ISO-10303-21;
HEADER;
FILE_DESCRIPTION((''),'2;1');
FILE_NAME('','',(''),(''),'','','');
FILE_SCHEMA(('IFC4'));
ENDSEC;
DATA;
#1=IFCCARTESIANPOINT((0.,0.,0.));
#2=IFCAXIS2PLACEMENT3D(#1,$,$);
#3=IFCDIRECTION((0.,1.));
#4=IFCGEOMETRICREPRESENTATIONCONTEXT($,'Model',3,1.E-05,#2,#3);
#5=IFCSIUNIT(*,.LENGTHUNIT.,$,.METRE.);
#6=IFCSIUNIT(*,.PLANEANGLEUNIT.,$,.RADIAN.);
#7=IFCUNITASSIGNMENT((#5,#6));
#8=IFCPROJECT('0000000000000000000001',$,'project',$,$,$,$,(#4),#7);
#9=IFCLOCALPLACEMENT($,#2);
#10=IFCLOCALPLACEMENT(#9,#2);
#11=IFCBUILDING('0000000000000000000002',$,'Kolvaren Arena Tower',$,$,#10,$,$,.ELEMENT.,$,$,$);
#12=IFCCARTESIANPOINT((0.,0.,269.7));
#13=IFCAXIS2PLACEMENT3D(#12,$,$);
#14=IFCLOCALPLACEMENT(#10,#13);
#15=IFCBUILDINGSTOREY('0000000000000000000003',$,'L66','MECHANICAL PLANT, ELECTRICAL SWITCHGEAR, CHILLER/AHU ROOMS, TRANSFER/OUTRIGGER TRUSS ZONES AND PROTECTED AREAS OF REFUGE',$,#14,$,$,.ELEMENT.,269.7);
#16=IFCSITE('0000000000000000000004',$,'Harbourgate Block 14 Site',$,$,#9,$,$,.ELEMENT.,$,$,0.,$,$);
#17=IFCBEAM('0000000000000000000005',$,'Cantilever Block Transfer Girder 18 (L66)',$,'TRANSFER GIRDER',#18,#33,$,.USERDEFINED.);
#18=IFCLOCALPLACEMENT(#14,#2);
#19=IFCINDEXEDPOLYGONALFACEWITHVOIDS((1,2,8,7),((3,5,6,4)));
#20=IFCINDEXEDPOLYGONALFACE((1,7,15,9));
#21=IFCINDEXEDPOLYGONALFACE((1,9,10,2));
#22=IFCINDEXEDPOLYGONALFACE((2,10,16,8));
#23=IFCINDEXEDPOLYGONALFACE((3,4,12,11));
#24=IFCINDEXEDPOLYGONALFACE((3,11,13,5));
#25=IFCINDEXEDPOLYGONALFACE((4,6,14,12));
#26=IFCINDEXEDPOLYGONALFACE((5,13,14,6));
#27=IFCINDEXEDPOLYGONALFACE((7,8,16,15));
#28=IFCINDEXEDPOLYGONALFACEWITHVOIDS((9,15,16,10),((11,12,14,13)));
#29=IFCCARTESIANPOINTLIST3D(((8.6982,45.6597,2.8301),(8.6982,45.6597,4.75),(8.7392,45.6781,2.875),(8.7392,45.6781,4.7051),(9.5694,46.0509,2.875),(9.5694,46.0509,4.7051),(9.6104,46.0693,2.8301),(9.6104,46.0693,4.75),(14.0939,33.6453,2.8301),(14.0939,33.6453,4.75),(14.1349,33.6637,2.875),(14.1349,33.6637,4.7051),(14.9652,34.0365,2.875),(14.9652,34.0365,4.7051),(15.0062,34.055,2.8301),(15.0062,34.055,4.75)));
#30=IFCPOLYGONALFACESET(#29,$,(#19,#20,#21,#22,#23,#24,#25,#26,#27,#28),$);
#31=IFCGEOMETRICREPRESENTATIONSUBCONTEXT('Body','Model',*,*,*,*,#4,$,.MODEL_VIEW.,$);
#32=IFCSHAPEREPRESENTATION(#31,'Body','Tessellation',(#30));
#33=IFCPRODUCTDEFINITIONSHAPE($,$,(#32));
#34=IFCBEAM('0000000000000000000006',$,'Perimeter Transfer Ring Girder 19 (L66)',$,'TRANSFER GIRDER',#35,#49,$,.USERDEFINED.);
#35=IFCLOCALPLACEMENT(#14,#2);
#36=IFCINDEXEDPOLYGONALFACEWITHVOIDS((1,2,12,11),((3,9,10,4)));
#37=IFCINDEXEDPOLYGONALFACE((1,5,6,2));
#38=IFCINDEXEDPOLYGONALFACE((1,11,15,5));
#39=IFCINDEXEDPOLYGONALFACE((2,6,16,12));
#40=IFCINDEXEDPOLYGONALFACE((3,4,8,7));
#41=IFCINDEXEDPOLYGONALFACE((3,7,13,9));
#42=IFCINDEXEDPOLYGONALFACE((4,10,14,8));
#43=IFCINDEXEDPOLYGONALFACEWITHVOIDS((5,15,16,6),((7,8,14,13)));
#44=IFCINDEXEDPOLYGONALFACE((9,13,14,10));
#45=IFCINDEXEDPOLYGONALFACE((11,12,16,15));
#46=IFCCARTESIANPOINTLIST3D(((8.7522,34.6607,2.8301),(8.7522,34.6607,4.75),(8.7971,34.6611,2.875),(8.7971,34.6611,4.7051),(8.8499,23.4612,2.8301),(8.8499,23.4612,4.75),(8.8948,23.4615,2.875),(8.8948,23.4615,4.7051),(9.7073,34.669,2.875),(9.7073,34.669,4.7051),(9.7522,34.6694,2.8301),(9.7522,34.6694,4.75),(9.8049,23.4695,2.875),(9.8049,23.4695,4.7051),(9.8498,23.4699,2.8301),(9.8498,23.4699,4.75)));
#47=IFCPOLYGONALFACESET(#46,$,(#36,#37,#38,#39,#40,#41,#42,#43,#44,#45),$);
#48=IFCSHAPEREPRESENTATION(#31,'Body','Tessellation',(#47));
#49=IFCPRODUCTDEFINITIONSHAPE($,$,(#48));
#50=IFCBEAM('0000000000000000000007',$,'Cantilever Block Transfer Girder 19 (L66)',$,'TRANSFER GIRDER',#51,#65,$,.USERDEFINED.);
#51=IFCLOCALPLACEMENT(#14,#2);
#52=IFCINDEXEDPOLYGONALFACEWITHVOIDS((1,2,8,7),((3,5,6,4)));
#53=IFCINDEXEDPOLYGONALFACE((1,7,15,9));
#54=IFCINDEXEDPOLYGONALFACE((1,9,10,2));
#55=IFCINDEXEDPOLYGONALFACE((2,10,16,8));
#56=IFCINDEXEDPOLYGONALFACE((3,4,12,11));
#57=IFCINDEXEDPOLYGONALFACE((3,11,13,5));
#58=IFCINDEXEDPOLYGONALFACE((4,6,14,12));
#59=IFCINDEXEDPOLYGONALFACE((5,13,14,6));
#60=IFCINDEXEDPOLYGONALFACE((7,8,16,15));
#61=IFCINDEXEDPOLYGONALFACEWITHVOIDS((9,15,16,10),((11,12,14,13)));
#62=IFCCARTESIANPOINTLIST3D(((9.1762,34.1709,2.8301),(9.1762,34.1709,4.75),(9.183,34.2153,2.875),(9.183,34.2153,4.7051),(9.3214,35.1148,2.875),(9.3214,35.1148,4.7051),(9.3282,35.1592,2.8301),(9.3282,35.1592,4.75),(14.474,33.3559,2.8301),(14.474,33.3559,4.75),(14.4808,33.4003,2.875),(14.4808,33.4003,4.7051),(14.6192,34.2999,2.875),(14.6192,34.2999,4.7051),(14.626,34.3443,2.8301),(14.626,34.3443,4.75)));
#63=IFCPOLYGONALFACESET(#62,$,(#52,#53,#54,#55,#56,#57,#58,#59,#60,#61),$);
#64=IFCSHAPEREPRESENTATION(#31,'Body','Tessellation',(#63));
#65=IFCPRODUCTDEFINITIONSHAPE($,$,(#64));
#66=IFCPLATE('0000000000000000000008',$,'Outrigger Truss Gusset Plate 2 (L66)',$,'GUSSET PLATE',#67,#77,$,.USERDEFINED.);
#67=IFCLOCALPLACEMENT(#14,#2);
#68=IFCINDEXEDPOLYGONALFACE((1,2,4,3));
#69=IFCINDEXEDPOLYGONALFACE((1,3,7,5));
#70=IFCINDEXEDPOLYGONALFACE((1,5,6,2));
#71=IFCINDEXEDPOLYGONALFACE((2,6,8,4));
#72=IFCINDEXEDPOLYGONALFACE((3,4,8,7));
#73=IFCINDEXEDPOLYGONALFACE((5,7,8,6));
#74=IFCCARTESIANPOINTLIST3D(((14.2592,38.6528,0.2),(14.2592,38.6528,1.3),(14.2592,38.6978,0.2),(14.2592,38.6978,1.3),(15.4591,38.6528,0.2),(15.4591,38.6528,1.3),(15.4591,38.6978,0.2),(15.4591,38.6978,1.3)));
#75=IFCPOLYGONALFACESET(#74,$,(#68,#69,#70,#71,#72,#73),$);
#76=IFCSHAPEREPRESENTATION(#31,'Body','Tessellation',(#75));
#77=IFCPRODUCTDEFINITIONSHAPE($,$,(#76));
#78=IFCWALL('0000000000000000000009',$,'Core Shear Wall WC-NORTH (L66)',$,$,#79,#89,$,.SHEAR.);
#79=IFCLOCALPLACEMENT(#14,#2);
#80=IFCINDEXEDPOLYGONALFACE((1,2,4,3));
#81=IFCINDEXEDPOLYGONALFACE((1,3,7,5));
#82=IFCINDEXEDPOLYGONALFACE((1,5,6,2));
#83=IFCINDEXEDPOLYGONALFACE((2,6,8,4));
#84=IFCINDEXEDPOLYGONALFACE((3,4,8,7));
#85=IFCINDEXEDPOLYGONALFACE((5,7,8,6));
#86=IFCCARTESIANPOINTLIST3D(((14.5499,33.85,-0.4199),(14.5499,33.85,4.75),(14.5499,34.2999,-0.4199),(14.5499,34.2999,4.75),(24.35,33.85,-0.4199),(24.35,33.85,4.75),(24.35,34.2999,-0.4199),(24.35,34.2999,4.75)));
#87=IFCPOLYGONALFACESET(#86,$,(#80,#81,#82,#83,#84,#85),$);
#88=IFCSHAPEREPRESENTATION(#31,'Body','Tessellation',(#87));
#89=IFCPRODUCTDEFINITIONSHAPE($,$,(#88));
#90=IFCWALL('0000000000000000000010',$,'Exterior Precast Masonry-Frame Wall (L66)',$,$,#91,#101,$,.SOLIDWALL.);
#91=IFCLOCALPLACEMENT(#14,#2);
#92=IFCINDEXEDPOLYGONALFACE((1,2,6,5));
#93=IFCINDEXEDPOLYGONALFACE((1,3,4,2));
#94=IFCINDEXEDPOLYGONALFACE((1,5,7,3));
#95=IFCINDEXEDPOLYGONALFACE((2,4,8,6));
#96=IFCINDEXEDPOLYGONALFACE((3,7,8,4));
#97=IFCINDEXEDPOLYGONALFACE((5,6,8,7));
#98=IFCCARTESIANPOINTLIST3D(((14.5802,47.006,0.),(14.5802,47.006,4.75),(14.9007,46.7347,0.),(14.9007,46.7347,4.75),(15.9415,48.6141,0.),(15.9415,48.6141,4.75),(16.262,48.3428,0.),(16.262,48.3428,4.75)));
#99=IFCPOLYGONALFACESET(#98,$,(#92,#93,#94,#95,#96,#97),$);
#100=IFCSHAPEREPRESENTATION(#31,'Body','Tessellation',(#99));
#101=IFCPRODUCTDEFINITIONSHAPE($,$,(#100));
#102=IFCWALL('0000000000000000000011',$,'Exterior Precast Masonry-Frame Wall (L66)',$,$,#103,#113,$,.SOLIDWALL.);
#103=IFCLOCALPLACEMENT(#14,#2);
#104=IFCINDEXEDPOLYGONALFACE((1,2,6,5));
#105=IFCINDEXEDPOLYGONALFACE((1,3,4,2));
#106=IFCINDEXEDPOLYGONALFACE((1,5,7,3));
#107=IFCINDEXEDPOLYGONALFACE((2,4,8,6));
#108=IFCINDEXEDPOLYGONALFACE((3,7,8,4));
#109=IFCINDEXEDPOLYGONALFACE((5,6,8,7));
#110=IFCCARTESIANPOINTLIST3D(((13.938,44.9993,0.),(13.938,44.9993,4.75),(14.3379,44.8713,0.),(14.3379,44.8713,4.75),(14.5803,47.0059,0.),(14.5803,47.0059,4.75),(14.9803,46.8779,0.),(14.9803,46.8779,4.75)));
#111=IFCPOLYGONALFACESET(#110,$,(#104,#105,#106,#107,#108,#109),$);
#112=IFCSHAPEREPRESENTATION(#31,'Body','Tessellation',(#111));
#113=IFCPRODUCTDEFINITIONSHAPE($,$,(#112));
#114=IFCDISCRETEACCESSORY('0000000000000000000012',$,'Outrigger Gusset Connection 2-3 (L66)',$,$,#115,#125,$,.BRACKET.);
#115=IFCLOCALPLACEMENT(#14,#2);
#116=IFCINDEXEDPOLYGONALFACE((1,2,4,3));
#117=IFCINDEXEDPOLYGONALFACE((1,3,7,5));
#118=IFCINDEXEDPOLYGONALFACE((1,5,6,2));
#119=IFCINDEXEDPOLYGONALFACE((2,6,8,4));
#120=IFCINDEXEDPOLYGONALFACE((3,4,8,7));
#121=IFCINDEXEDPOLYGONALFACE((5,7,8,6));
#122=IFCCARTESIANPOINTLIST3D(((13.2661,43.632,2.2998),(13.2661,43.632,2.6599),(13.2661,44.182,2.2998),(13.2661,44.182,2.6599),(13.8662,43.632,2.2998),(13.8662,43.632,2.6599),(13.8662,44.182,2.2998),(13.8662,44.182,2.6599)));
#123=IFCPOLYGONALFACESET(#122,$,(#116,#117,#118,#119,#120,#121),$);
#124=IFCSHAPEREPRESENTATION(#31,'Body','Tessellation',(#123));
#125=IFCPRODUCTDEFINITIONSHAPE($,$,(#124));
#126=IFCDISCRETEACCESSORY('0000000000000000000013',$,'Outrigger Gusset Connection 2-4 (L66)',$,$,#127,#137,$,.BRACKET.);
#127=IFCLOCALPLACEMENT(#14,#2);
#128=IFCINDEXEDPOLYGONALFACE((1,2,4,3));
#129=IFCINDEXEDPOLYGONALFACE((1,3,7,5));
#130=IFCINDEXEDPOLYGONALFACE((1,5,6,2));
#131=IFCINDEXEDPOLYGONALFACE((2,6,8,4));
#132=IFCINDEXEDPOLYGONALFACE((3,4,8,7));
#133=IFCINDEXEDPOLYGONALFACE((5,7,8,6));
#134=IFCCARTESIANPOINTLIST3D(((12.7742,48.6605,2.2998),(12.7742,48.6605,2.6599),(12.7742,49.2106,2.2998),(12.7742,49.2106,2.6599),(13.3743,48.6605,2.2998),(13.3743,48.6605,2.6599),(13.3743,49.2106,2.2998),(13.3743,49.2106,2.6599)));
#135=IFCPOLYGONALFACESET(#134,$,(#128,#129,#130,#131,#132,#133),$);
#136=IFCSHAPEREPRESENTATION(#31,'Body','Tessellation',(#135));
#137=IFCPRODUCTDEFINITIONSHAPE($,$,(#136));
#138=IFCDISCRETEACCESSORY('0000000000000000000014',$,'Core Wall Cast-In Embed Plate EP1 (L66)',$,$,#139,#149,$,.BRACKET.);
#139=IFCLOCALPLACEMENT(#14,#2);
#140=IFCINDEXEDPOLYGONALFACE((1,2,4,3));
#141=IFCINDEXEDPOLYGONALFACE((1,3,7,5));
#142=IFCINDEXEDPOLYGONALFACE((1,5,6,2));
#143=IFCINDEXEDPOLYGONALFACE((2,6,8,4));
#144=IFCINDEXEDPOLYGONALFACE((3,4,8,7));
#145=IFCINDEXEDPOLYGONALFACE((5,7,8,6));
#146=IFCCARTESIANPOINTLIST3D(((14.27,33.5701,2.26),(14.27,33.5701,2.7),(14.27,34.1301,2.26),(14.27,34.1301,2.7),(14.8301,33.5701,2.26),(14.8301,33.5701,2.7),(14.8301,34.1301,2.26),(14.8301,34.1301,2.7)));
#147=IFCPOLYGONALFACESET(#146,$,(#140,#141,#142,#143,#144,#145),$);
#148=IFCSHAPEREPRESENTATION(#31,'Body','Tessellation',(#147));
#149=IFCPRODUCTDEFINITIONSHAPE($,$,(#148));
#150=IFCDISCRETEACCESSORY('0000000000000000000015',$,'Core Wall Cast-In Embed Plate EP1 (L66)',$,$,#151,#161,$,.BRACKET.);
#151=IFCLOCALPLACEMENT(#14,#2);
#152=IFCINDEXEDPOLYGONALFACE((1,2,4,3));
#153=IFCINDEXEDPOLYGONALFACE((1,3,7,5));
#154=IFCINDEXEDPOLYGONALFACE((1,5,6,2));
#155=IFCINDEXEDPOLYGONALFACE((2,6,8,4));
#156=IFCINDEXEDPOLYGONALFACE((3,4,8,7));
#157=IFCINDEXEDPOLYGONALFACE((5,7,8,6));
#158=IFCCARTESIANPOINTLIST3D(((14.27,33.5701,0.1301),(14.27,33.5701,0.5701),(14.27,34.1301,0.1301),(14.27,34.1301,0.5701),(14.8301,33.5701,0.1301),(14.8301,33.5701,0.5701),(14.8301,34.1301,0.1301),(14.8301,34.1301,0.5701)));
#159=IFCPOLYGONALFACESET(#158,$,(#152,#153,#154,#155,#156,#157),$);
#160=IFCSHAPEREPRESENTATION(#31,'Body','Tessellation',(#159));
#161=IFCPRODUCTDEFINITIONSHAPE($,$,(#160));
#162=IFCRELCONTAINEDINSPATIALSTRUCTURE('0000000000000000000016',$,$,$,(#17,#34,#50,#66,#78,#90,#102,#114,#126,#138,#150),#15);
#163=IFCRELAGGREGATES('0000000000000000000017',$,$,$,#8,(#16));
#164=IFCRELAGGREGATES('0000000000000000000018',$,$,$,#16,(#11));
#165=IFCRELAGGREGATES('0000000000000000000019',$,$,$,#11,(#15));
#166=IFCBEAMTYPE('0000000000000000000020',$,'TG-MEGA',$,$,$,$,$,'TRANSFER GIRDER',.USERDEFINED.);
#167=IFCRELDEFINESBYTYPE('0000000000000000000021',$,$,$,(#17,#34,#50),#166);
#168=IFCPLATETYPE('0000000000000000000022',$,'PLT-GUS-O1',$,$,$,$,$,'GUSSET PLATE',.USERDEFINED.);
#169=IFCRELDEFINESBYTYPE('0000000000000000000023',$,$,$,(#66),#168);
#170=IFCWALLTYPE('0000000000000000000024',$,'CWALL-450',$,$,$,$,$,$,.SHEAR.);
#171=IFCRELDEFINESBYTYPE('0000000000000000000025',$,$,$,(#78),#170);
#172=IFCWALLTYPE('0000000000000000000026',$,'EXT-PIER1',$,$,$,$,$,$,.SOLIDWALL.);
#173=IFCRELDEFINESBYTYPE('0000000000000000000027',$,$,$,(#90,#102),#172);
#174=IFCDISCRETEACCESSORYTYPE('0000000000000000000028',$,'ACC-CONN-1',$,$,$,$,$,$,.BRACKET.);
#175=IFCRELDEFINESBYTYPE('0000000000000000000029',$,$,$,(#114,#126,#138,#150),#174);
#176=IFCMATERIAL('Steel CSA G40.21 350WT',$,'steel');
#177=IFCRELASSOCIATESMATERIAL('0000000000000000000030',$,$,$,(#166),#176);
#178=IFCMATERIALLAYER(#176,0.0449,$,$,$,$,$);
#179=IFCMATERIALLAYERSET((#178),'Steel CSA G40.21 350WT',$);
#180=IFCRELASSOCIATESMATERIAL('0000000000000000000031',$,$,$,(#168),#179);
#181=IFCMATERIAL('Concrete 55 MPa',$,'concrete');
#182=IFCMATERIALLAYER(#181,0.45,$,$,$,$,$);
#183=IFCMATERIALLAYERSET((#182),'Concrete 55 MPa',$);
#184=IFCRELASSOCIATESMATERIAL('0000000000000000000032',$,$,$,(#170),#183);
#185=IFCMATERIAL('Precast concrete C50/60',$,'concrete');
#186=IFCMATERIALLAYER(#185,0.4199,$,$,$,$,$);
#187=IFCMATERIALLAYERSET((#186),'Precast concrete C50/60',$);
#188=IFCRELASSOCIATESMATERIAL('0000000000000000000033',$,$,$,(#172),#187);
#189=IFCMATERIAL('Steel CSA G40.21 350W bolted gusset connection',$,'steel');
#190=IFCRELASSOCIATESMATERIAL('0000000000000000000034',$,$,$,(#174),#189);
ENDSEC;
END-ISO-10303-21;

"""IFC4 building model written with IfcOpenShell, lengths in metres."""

from ifc_helpers import new_model, si_unit, direction, frame, frame_2d, origin, origin_2d, place, context, subcontext, project, spatial, rectangle, hollow_rectangle, extrude, material, layer, layer_set, material_profile, profile_set, type_object, element, save


model = new_model("IFC4")

# Units and contexts
model_context = context("Model", 3, precision=1e-05, world=origin(), true_north=direction((0.0, 1.0)))
body_context = subcontext(model_context, "Body", "Model", "MODEL_VIEW")
ifc_project = project(units=[si_unit("LENGTHUNIT", "METRE"), si_unit("PLANEANGLEUNIT", "RADIAN")], contexts=[model_context])

# Site, building, storey
site_placement = place(None, origin())
site = spatial("IfcSite", under=ifc_project, at=site_placement, Name="Harbourgate Block 14 Site", CompositionType="ELEMENT", RefElevation=0.0)
building_placement = place(site_placement, origin())
building = spatial("IfcBuilding", under=site, at=building_placement, Name="Kolvaren Arena Tower", CompositionType="ELEMENT")
storey_placement = place(building_placement, frame((0.0, 0.0, 269.7)))
storey = spatial("IfcBuildingStorey", under=building, at=storey_placement, Name="L66", Description="MECHANICAL PLANT, ELECTRICAL SWITCHGEAR, CHILLER/AHU ROOMS, TRANSFER/OUTRIGGER TRUSS ZONES AND PROTECTED AREAS OF REFUGE", CompositionType="ELEMENT", Elevation=269.7)

# Shared definitions
ifc_material_1 = material(Name="Steel CSA G40.21 350WT", Category="steel")

# Beams
ifc_material_profile_1 = material_profile(ifc_material_1, hollow_rectangle(XDim=1.0, YDim=1.9199, WallThickness=0.0449, at=origin_2d()), Name="BOX 1000x1920x45")
ifc_profile_set_1 = profile_set([ifc_material_profile_1], Name="Steel CSA G40.21 350WT")
beam_type_1 = type_object("IfcBeamType", Name="TG-MEGA", ElementType="TRANSFER GIRDER", PredefinedType="USERDEFINED", material=ifc_profile_set_1)
beam_1_placement = place(storey_placement, frame((9.1543, 45.8645, 3.79), z_axis=(0.409687, -0.912226, 0.0), x_axis=(0.912226, 0.409687, 0.0)))
element("IfcBeam", 1, at=beam_1_placement, inside=storey, type_object=beam_type_1, Name="Cantilever Block Transfer Girder 18 (L66)", ObjectType="TRANSFER GIRDER", PredefinedType="USERDEFINED", context=body_context, shape_type="SweptSolid", body=[
    extrude(hollow_rectangle(XDim=1.0, YDim=1.9199, WallThickness=0.0449, at=origin_2d()), origin(), (0.0, 0.0, 1.0), 13.1704),
])
beam_2_placement = place(storey_placement, frame((9.2522, 34.665, 3.79), z_axis=(0.008719, -0.999962, 0.0), x_axis=(0.999962, 0.008719, 0.0)))
element("IfcBeam", 2, at=beam_2_placement, inside=storey, type_object=beam_type_1, Name="Perimeter Transfer Ring Girder 19 (L66)", ObjectType="TRANSFER GIRDER", PredefinedType="USERDEFINED", context=body_context, shape_type="SweptSolid", body=[
    extrude(hollow_rectangle(XDim=1.0, YDim=1.9199, WallThickness=0.0449, at=origin_2d()), origin(), (0.0, 0.0, 1.0), 11.2),
])
beam_3_placement = place(storey_placement, frame((9.2522, 34.665, 3.79), z_axis=(0.988375, -0.152037, 0.0), x_axis=(0.152037, 0.988375, 0.0)))
element("IfcBeam", 3, at=beam_3_placement, inside=storey, type_object=beam_type_1, Name="Cantilever Block Transfer Girder 19 (L66)", ObjectType="TRANSFER GIRDER", PredefinedType="USERDEFINED", context=body_context, shape_type="SweptSolid", body=[
    extrude(hollow_rectangle(XDim=1.0, YDim=1.9199, WallThickness=0.0449, at=origin_2d()), origin(), (0.0, 0.0, 1.0), 5.3601),
])

# Plate
ifc_layer_1 = layer(ifc_material_1, 0.0449)
ifc_layer_set_1 = layer_set([ifc_layer_1], Name="Steel CSA G40.21 350WT")
plate_type = type_object("IfcPlateType", Name="PLT-GUS-O1", ElementType="GUSSET PLATE", PredefinedType="USERDEFINED", material=ifc_layer_set_1)
plate_placement = place(storey_placement, frame((14.8591, 38.6753, 0.2), z_axis=(0.0, 0.0, 1.0), x_axis=(1.0, 0.0, 0.0)))
element("IfcPlate", 4, at=plate_placement, inside=storey, type_object=plate_type, Name="Outrigger Truss Gusset Plate 2 (L66)", ObjectType="GUSSET PLATE", PredefinedType="USERDEFINED", context=body_context, shape_type="SweptSolid", body=[
    extrude(rectangle(XDim=1.2, YDim=0.0449, at=origin_2d()), origin(), (0.0, 0.0, 1.0), 1.1001),
])

# Walls
ifc_material_2 = material(Name="Concrete 55 MPa", Category="concrete")
ifc_layer_2 = layer(ifc_material_2, 0.45)
ifc_layer_set_2 = layer_set([ifc_layer_2], Name="Concrete 55 MPa")
wall_type_1 = type_object("IfcWallType", Name="CWALL-450", PredefinedType="SHEAR", material=ifc_layer_set_2)
wall_placement = place(storey_placement, frame((14.55, 34.075, -0.4199), z_axis=(0.0, 0.0, 1.0), x_axis=(1.0, 0.0, 0.0)))
element("IfcWall", 5, at=wall_placement, inside=storey, type_object=wall_type_1, Name="Core Shear Wall WC-NORTH (L66)", PredefinedType="SHEAR", context=body_context, shape_type="SweptSolid", body=[
    extrude(rectangle(XDim=9.8, YDim=0.45, at=frame_2d((4.8999, 0.0))), origin(), (0.0, 0.0, 1.0), 5.1699),
])
ifc_material_3 = material(Name="Precast concrete C50/60", Category="concrete")
ifc_layer_3 = layer(ifc_material_3, 0.4199)
ifc_layer_set_3 = layer_set([ifc_layer_3], Name="Precast concrete C50/60")
wall_type_2 = type_object("IfcWallType", Name="EXT-PIER1", PredefinedType="SOLIDWALL", material=ifc_layer_set_3)
for number, where, z_axis, x_axis, name in (
    (6, (14.7405, 46.8704, 0.0), (0.0, 0.0, 1.0), (0.646103, 0.76325, 0.0), "Exterior Precast Masonry-Frame Wall (L66)"),
    (7, (14.1379, 44.9353, 0.0), (0.0, 0.0, 1.0), (0.304872, 0.952393, 0.0), "Exterior Precast Masonry-Frame Wall (L66)"),
):
    element("IfcWall", number, at=place(storey_placement, frame(where, z_axis=z_axis, x_axis=x_axis)), inside=storey, type_object=wall_type_2, Name=name, PredefinedType="SOLIDWALL", context=body_context, shape_type="SweptSolid", body=[
        extrude(rectangle(XDim=2.1069, YDim=0.4199, at=frame_2d((1.0535, 0.0))), origin(), (0.0, 0.0, 1.0), 4.75),
    ])

# Discrete accessories
ifc_material_4 = material(Name="Steel CSA G40.21 350W bolted gusset connection", Category="steel")
discrete_accessory_type = type_object("IfcDiscreteAccessoryType", Name="ACC-CONN-1", PredefinedType="BRACKET", material=ifc_material_4)
for number, where, z_axis, x_axis, name in (
    (8, (13.5662, 43.907, 2.2998), (0.0, 0.0, 1.0), (1.0, 0.0, 0.0), "Outrigger Gusset Connection 2-3 (L66)"),
    (9, (13.0742, 48.9355, 2.2998), (0.0, 0.0, 1.0), (1.0, 0.0, 0.0), "Outrigger Gusset Connection 2-4 (L66)"),
):
    element("IfcDiscreteAccessory", number, at=place(storey_placement, frame(where, z_axis=z_axis, x_axis=x_axis)), inside=storey, type_object=discrete_accessory_type, Name=name, PredefinedType="BRACKET", context=body_context, shape_type="SweptSolid", body=[
        extrude(rectangle(XDim=0.6001, YDim=0.55, at=origin_2d()), origin(), (0.0, 0.0, 1.0), 0.3601),
    ])
for number, where, z_axis, x_axis, name in (
    (10, (14.55, 33.8501, 2.26), (0.0, 0.0, 1.0), (1.0, 0.0, 0.0), "Core Wall Cast-In Embed Plate EP1 (L66)"),
    (11, (14.55, 33.8501, 0.1301), (0.0, 0.0, 1.0), (1.0, 0.0, 0.0), "Core Wall Cast-In Embed Plate EP1 (L66)"),
):
    element("IfcDiscreteAccessory", number, at=place(storey_placement, frame(where, z_axis=z_axis, x_axis=x_axis)), inside=storey, type_object=discrete_accessory_type, Name=name, PredefinedType="BRACKET", context=body_context, shape_type="SweptSolid", body=[
        extrude(rectangle(XDim=0.5601, YDim=0.5601, at=origin_2d()), origin(), (0.0, 0.0, 1.0), 0.4399),
    ])

save(model, "model.ifc")
